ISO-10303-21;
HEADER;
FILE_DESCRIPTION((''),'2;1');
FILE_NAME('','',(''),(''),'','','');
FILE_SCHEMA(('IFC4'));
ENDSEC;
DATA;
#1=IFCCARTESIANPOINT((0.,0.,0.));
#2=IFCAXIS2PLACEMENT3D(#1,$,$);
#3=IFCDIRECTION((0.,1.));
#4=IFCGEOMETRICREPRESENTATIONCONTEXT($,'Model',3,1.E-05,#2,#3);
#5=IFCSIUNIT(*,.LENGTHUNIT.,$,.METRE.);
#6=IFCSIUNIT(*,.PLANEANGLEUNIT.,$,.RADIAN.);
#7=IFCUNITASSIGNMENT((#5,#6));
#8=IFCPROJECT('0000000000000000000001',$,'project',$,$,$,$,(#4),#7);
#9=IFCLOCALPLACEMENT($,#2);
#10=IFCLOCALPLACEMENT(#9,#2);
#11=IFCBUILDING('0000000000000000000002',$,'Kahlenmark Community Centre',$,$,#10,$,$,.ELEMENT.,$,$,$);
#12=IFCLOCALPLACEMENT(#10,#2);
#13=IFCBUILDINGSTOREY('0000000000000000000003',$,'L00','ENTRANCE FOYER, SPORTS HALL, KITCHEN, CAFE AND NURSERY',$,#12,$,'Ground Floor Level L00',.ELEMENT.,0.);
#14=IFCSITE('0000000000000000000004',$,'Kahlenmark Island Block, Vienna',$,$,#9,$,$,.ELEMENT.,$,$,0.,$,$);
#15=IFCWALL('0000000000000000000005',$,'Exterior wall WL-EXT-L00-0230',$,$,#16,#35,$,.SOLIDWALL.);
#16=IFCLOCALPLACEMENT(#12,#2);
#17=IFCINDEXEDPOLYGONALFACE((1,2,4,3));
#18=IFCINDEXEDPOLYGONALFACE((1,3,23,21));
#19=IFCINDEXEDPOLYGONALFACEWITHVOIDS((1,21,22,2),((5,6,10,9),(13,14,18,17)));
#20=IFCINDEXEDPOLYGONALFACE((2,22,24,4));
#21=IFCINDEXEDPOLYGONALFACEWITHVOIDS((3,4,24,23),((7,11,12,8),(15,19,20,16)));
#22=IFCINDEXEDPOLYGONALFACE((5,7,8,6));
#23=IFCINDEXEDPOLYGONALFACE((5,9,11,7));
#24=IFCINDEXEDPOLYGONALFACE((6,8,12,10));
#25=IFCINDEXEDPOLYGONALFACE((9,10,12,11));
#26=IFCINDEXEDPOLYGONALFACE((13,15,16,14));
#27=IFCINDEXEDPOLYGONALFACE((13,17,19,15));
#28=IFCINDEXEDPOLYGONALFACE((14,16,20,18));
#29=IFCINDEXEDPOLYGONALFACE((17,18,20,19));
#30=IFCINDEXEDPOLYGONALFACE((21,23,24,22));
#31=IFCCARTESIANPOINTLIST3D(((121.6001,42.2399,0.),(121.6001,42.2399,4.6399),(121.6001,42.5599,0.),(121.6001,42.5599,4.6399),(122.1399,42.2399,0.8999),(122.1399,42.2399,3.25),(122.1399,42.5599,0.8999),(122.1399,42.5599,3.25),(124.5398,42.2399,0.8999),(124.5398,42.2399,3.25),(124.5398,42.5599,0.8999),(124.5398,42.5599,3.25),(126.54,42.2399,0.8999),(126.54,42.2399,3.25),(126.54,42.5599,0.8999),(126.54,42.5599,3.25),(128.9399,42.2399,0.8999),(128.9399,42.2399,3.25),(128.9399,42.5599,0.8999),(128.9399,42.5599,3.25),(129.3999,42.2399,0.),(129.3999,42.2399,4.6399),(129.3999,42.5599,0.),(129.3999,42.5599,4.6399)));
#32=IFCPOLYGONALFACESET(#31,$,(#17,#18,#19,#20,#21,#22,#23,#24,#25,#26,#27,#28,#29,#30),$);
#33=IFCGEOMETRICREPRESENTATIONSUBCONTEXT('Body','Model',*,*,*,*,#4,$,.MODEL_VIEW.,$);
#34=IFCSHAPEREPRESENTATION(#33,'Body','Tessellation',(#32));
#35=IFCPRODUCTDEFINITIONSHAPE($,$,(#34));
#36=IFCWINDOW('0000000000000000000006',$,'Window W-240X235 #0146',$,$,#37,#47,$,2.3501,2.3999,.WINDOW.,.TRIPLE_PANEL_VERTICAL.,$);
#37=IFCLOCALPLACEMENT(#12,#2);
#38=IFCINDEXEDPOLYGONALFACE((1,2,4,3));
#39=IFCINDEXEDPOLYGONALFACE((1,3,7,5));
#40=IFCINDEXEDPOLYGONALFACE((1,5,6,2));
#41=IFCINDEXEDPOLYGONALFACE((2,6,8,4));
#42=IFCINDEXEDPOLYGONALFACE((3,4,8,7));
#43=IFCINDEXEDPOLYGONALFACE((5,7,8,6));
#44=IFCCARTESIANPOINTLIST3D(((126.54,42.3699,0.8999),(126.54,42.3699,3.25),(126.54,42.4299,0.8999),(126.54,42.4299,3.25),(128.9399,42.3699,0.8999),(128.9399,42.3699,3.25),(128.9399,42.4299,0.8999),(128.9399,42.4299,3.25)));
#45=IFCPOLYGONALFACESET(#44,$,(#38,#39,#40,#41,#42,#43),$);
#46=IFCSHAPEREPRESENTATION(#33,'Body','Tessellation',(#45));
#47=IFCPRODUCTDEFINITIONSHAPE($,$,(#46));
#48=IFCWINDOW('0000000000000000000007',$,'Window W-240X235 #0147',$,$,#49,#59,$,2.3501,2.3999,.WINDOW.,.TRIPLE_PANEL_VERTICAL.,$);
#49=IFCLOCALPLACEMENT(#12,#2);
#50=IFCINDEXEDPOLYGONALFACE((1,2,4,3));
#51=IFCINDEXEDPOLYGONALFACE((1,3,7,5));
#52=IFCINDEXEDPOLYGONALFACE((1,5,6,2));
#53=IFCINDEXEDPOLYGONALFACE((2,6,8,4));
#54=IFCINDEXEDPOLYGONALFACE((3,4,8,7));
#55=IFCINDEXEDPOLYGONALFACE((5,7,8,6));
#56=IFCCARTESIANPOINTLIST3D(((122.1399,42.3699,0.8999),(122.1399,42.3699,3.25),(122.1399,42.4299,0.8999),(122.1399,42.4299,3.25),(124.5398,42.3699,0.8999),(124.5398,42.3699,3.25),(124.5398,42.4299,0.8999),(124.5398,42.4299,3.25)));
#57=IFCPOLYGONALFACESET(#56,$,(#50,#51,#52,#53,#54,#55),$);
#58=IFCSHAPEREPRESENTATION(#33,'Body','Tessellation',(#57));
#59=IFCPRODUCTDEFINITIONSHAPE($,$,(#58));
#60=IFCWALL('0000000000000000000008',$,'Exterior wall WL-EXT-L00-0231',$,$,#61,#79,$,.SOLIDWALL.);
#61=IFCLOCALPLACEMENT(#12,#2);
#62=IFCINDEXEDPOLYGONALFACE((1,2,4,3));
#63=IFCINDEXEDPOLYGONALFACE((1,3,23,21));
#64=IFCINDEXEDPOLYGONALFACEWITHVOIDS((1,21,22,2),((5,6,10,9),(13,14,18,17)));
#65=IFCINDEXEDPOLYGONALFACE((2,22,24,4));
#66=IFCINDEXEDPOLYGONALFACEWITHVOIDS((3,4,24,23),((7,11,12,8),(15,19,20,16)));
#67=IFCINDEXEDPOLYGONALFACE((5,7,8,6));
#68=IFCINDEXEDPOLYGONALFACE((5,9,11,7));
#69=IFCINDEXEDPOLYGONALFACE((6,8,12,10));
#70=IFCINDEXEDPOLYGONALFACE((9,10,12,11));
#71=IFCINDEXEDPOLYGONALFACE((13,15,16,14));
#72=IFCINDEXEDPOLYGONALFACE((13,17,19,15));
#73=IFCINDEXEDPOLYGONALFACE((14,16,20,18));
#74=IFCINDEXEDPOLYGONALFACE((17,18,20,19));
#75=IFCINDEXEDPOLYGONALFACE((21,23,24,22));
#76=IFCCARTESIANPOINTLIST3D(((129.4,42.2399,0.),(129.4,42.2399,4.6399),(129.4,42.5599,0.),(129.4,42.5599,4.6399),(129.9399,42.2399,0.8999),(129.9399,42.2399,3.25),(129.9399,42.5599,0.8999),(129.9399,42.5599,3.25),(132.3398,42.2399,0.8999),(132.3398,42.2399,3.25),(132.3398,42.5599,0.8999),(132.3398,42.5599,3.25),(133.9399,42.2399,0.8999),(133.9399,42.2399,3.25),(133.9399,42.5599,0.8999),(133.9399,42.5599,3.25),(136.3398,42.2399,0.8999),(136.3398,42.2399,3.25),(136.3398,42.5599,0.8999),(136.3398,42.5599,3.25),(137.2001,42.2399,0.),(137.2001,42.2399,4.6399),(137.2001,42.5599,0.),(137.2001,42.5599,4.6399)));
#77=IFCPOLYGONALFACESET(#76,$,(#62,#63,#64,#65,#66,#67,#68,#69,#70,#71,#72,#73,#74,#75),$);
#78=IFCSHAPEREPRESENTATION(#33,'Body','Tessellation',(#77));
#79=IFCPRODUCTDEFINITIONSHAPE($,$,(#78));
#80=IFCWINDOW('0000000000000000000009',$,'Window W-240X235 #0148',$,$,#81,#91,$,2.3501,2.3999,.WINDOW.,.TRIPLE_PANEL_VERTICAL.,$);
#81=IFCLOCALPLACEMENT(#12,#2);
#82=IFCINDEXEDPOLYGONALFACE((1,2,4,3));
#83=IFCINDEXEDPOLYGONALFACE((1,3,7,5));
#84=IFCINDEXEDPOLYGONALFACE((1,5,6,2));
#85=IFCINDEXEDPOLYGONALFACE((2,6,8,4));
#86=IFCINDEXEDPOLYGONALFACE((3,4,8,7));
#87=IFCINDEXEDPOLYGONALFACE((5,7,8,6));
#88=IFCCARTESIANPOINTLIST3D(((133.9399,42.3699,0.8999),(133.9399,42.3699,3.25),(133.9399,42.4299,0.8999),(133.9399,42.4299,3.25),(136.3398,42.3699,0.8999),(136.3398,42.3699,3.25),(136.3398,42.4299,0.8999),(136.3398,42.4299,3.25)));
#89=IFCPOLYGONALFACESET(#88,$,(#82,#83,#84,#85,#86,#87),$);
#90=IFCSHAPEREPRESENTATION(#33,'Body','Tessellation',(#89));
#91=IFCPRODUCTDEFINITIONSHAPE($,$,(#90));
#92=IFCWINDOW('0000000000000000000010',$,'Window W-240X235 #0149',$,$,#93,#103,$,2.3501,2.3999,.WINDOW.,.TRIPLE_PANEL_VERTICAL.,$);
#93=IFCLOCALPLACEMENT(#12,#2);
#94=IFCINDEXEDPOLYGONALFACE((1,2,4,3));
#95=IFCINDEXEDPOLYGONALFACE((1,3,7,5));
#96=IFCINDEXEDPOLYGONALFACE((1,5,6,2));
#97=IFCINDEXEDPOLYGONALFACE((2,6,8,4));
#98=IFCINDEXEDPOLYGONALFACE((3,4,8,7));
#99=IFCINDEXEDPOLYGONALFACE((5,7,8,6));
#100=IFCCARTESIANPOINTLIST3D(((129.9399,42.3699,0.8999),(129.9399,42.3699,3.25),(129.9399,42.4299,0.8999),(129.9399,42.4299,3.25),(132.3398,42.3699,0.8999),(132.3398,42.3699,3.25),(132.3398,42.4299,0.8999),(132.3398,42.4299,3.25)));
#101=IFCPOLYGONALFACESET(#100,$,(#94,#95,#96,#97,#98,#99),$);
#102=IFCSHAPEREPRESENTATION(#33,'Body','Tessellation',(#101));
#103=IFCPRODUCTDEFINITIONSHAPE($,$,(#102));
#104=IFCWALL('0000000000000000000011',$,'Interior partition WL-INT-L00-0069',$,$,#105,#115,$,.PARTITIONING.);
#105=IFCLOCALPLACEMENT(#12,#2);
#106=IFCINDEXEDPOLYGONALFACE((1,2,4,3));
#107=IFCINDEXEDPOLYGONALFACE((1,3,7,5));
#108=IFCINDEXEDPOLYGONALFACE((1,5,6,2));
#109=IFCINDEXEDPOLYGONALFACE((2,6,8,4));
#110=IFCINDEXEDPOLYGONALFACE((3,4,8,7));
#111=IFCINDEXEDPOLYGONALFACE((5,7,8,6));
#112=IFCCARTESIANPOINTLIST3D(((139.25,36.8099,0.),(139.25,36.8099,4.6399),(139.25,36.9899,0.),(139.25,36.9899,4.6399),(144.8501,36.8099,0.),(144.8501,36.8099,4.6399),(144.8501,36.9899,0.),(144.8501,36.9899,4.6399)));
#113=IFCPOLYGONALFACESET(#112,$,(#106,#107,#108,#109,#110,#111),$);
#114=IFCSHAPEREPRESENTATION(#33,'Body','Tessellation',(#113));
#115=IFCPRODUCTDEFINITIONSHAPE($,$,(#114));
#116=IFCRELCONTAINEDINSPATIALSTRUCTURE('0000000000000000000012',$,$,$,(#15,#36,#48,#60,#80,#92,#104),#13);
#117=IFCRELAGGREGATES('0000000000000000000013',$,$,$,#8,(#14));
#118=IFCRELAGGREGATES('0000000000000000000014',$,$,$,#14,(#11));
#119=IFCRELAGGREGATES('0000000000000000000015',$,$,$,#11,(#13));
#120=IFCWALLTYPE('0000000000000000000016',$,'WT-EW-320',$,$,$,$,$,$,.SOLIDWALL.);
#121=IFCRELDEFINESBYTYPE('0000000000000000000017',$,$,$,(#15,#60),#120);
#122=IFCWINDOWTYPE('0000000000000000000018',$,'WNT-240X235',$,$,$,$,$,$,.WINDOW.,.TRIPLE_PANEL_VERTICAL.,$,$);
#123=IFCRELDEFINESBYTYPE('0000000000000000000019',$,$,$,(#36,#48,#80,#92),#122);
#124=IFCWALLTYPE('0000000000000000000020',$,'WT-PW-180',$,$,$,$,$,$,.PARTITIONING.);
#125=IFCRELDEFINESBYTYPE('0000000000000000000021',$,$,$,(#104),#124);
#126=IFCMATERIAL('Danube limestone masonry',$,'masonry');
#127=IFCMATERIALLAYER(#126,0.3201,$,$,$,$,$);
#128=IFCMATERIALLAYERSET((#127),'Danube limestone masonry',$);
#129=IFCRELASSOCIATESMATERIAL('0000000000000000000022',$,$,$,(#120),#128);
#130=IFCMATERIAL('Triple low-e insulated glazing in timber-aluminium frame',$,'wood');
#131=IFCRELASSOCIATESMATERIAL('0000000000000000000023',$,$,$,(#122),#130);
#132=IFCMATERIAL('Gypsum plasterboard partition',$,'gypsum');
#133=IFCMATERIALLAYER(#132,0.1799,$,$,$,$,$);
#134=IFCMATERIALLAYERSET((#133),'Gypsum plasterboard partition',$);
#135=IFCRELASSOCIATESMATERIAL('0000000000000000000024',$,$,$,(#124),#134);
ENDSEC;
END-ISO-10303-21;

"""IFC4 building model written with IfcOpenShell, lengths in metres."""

from ifc_helpers import new_model, si_unit, direction, frame, frame_2d, origin, place, context, subcontext, project, spatial, rectangle, extrude, material, layer, layer_set, type_object, element, fill, save


model = new_model("IFC4")

# Units and contexts
model_context = context("Model", 3, precision=1e-05, world=origin(), true_north=direction((0.0, 1.0)))
body_context = subcontext(model_context, "Body", "Model", "MODEL_VIEW")
ifc_project = project(units=[si_unit("LENGTHUNIT", "METRE"), si_unit("PLANEANGLEUNIT", "RADIAN")], contexts=[model_context])

# Site, building, storey
site_placement = place(None, origin())
site = spatial("IfcSite", under=ifc_project, at=site_placement, Name="Kahlenmark Island Block, Vienna", CompositionType="ELEMENT", RefElevation=0.0)
building_placement = place(site_placement, origin())
building = spatial("IfcBuilding", under=site, at=building_placement, Name="Kahlenmark Community Centre", CompositionType="ELEMENT")
storey_placement = place(building_placement, origin())
storey = spatial("IfcBuildingStorey", under=building, at=storey_placement, Name="L00", Description="ENTRANCE FOYER, SPORTS HALL, KITCHEN, CAFE AND NURSERY", LongName="Ground Floor Level L00", CompositionType="ELEMENT", Elevation=0.0)

# Walls, openings, windows
ifc_material_1 = material(Name="Danube limestone masonry", Category="masonry")
ifc_layer_1 = layer(ifc_material_1, 0.3201)
ifc_layer_set_1 = layer_set([ifc_layer_1], Name="Danube limestone masonry")
wall_type_1 = type_object("IfcWallType", Name="WT-EW-320", PredefinedType="SOLIDWALL", material=ifc_layer_set_1)
wall_1_placement = place(storey_placement, frame((129.3999, 42.3999, 0.0), z_axis=(0.0, 0.0, 1.0), x_axis=(-1.0, 0.0, 0.0)))
wall_1 = element("IfcWall", 1, at=wall_1_placement, inside=storey, type_object=wall_type_1, Name="Exterior wall WL-EXT-L00-0230", PredefinedType="SOLIDWALL", context=body_context, shape_type="SweptSolid", body=[
    extrude(rectangle(XDim=7.7998, YDim=0.3201, at=frame_2d((3.8999, 0.0))), origin(), (0.0, 0.0, 1.0), 4.6399),
])
opening_1_placement = place(wall_1_placement, frame((0.46, 0.0, 0.8999)))
opening_1 = element("IfcOpeningElement", 2, at=opening_1_placement, cuts=wall_1, PredefinedType="OPENING", context=body_context, shape_type="SweptSolid", body=[
    extrude(rectangle(XDim=2.3999, YDim=2.3501, at=frame_2d((1.2, 1.175))), frame((0.0, 0.1699, 0.0), z_axis=(0.0, -1.0, 0.0), x_axis=(1.0, 0.0, 0.0)), (0.0, 0.0, 1.0), 0.3401),
])
opening_2_placement = place(wall_1_placement, frame((4.8601, 0.0, 0.8999)))
opening_2 = element("IfcOpeningElement", 3, at=opening_2_placement, cuts=wall_1, PredefinedType="OPENING", context=body_context, shape_type="SweptSolid", body=[
    extrude(rectangle(XDim=2.3999, YDim=2.3501, at=frame_2d((1.2, 1.175))), frame((0.0, 0.1699, 0.0), z_axis=(0.0, -1.0, 0.0), x_axis=(1.0, 0.0, 0.0)), (0.0, 0.0, 1.0), 0.3401),
])
ifc_material_2 = material(Name="Triple low-e insulated glazing in timber-aluminium frame", Category="wood")
window_type = type_object("IfcWindowType", Name="WNT-240X235", PartitioningType="TRIPLE_PANEL_VERTICAL", PredefinedType="WINDOW", material=ifc_material_2)
window_1_placement = place(opening_1_placement, origin())
window_1 = element("IfcWindow", 4, at=window_1_placement, inside=storey, type_object=window_type, Name="Window W-240X235 #0146", OverallHeight=2.3501, OverallWidth=2.3999, PartitioningType="TRIPLE_PANEL_VERTICAL", PredefinedType="WINDOW", context=body_context, shape_type="SweptSolid", body=[
    extrude(rectangle(XDim=2.3999, YDim=2.3501, at=frame_2d((1.2, 1.175))), frame((0.0, 0.03, 0.0), z_axis=(0.0, -1.0, 0.0), x_axis=(1.0, 0.0, 0.0)), (0.0, 0.0, 1.0), 0.0601),
])
fill(opening_1, window_1)
window_2_placement = place(opening_2_placement, origin())
window_2 = element("IfcWindow", 5, at=window_2_placement, inside=storey, type_object=window_type, Name="Window W-240X235 #0147", OverallHeight=2.3501, OverallWidth=2.3999, PartitioningType="TRIPLE_PANEL_VERTICAL", PredefinedType="WINDOW", context=body_context, shape_type="SweptSolid", body=[
    extrude(rectangle(XDim=2.3999, YDim=2.3501, at=frame_2d((1.2, 1.175))), frame((0.0, 0.03, 0.0), z_axis=(0.0, -1.0, 0.0), x_axis=(1.0, 0.0, 0.0)), (0.0, 0.0, 1.0), 0.0601),
])
fill(opening_2, window_2)
wall_2_placement = place(storey_placement, frame((137.2, 42.3999, 0.0), z_axis=(0.0, 0.0, 1.0), x_axis=(-1.0, 0.0, 0.0)))
wall_2 = element("IfcWall", 6, at=wall_2_placement, inside=storey, type_object=wall_type_1, Name="Exterior wall WL-EXT-L00-0231", PredefinedType="SOLIDWALL", context=body_context, shape_type="SweptSolid", body=[
    extrude(rectangle(XDim=7.8, YDim=0.3201, at=frame_2d((3.8999, 0.0))), origin(), (0.0, 0.0, 1.0), 4.6399),
])
opening_3_placement = place(wall_2_placement, frame((0.8601, 0.0, 0.8999)))
opening_3 = element("IfcOpeningElement", 7, at=opening_3_placement, cuts=wall_2, PredefinedType="OPENING", context=body_context, shape_type="SweptSolid", body=[
    extrude(rectangle(XDim=2.3999, YDim=2.3501, at=frame_2d((1.2, 1.175))), frame((0.0, 0.1699, 0.0), z_axis=(0.0, -1.0, 0.0), x_axis=(1.0, 0.0, 0.0)), (0.0, 0.0, 1.0), 0.3401),
])
opening_4_placement = place(wall_2_placement, frame((4.8601, 0.0, 0.8999)))
opening_4 = element("IfcOpeningElement", 8, at=opening_4_placement, cuts=wall_2, PredefinedType="OPENING", context=body_context, shape_type="SweptSolid", body=[
    extrude(rectangle(XDim=2.3999, YDim=2.3501, at=frame_2d((1.2, 1.175))), frame((0.0, 0.1699, 0.0), z_axis=(0.0, -1.0, 0.0), x_axis=(1.0, 0.0, 0.0)), (0.0, 0.0, 1.0), 0.3401),
])
window_3_placement = place(opening_3_placement, origin())
window_3 = element("IfcWindow", 9, at=window_3_placement, inside=storey, type_object=window_type, Name="Window W-240X235 #0148", OverallHeight=2.3501, OverallWidth=2.3999, PartitioningType="TRIPLE_PANEL_VERTICAL", PredefinedType="WINDOW", context=body_context, shape_type="SweptSolid", body=[
    extrude(rectangle(XDim=2.3999, YDim=2.3501, at=frame_2d((1.2, 1.175))), frame((0.0, 0.03, 0.0), z_axis=(0.0, -1.0, 0.0), x_axis=(1.0, 0.0, 0.0)), (0.0, 0.0, 1.0), 0.0601),
])
fill(opening_3, window_3)
window_4_placement = place(opening_4_placement, origin())
window_4 = element("IfcWindow", 10, at=window_4_placement, inside=storey, type_object=window_type, Name="Window W-240X235 #0149", OverallHeight=2.3501, OverallWidth=2.3999, PartitioningType="TRIPLE_PANEL_VERTICAL", PredefinedType="WINDOW", context=body_context, shape_type="SweptSolid", body=[
    extrude(rectangle(XDim=2.3999, YDim=2.3501, at=frame_2d((1.2, 1.175))), frame((0.0, 0.03, 0.0), z_axis=(0.0, -1.0, 0.0), x_axis=(1.0, 0.0, 0.0)), (0.0, 0.0, 1.0), 0.0601),
])
fill(opening_4, window_4)

# Shared definitions
ifc_material_3 = material(Name="Gypsum plasterboard partition", Category="gypsum")
ifc_layer_2 = layer(ifc_material_3, 0.1799)
ifc_layer_set_2 = layer_set([ifc_layer_2], Name="Gypsum plasterboard partition")
wall_type_2 = type_object("IfcWallType", Name="WT-PW-180", PredefinedType="PARTITIONING", material=ifc_layer_set_2)

# Wall
wall_3_placement = place(storey_placement, frame((139.25, 36.8999, 0.0), z_axis=(0.0, 0.0, 1.0), x_axis=(1.0, 0.0, 0.0)))
element("IfcWall", 11, at=wall_3_placement, inside=storey, type_object=wall_type_2, Name="Interior partition WL-INT-L00-0069", PredefinedType="PARTITIONING", context=body_context, shape_type="SweptSolid", body=[
    extrude(rectangle(XDim=5.6001, YDim=0.1799, at=frame_2d((2.8, 0.0))), origin(), (0.0, 0.0, 1.0), 4.6399),
])

save(model, "model.ifc")
